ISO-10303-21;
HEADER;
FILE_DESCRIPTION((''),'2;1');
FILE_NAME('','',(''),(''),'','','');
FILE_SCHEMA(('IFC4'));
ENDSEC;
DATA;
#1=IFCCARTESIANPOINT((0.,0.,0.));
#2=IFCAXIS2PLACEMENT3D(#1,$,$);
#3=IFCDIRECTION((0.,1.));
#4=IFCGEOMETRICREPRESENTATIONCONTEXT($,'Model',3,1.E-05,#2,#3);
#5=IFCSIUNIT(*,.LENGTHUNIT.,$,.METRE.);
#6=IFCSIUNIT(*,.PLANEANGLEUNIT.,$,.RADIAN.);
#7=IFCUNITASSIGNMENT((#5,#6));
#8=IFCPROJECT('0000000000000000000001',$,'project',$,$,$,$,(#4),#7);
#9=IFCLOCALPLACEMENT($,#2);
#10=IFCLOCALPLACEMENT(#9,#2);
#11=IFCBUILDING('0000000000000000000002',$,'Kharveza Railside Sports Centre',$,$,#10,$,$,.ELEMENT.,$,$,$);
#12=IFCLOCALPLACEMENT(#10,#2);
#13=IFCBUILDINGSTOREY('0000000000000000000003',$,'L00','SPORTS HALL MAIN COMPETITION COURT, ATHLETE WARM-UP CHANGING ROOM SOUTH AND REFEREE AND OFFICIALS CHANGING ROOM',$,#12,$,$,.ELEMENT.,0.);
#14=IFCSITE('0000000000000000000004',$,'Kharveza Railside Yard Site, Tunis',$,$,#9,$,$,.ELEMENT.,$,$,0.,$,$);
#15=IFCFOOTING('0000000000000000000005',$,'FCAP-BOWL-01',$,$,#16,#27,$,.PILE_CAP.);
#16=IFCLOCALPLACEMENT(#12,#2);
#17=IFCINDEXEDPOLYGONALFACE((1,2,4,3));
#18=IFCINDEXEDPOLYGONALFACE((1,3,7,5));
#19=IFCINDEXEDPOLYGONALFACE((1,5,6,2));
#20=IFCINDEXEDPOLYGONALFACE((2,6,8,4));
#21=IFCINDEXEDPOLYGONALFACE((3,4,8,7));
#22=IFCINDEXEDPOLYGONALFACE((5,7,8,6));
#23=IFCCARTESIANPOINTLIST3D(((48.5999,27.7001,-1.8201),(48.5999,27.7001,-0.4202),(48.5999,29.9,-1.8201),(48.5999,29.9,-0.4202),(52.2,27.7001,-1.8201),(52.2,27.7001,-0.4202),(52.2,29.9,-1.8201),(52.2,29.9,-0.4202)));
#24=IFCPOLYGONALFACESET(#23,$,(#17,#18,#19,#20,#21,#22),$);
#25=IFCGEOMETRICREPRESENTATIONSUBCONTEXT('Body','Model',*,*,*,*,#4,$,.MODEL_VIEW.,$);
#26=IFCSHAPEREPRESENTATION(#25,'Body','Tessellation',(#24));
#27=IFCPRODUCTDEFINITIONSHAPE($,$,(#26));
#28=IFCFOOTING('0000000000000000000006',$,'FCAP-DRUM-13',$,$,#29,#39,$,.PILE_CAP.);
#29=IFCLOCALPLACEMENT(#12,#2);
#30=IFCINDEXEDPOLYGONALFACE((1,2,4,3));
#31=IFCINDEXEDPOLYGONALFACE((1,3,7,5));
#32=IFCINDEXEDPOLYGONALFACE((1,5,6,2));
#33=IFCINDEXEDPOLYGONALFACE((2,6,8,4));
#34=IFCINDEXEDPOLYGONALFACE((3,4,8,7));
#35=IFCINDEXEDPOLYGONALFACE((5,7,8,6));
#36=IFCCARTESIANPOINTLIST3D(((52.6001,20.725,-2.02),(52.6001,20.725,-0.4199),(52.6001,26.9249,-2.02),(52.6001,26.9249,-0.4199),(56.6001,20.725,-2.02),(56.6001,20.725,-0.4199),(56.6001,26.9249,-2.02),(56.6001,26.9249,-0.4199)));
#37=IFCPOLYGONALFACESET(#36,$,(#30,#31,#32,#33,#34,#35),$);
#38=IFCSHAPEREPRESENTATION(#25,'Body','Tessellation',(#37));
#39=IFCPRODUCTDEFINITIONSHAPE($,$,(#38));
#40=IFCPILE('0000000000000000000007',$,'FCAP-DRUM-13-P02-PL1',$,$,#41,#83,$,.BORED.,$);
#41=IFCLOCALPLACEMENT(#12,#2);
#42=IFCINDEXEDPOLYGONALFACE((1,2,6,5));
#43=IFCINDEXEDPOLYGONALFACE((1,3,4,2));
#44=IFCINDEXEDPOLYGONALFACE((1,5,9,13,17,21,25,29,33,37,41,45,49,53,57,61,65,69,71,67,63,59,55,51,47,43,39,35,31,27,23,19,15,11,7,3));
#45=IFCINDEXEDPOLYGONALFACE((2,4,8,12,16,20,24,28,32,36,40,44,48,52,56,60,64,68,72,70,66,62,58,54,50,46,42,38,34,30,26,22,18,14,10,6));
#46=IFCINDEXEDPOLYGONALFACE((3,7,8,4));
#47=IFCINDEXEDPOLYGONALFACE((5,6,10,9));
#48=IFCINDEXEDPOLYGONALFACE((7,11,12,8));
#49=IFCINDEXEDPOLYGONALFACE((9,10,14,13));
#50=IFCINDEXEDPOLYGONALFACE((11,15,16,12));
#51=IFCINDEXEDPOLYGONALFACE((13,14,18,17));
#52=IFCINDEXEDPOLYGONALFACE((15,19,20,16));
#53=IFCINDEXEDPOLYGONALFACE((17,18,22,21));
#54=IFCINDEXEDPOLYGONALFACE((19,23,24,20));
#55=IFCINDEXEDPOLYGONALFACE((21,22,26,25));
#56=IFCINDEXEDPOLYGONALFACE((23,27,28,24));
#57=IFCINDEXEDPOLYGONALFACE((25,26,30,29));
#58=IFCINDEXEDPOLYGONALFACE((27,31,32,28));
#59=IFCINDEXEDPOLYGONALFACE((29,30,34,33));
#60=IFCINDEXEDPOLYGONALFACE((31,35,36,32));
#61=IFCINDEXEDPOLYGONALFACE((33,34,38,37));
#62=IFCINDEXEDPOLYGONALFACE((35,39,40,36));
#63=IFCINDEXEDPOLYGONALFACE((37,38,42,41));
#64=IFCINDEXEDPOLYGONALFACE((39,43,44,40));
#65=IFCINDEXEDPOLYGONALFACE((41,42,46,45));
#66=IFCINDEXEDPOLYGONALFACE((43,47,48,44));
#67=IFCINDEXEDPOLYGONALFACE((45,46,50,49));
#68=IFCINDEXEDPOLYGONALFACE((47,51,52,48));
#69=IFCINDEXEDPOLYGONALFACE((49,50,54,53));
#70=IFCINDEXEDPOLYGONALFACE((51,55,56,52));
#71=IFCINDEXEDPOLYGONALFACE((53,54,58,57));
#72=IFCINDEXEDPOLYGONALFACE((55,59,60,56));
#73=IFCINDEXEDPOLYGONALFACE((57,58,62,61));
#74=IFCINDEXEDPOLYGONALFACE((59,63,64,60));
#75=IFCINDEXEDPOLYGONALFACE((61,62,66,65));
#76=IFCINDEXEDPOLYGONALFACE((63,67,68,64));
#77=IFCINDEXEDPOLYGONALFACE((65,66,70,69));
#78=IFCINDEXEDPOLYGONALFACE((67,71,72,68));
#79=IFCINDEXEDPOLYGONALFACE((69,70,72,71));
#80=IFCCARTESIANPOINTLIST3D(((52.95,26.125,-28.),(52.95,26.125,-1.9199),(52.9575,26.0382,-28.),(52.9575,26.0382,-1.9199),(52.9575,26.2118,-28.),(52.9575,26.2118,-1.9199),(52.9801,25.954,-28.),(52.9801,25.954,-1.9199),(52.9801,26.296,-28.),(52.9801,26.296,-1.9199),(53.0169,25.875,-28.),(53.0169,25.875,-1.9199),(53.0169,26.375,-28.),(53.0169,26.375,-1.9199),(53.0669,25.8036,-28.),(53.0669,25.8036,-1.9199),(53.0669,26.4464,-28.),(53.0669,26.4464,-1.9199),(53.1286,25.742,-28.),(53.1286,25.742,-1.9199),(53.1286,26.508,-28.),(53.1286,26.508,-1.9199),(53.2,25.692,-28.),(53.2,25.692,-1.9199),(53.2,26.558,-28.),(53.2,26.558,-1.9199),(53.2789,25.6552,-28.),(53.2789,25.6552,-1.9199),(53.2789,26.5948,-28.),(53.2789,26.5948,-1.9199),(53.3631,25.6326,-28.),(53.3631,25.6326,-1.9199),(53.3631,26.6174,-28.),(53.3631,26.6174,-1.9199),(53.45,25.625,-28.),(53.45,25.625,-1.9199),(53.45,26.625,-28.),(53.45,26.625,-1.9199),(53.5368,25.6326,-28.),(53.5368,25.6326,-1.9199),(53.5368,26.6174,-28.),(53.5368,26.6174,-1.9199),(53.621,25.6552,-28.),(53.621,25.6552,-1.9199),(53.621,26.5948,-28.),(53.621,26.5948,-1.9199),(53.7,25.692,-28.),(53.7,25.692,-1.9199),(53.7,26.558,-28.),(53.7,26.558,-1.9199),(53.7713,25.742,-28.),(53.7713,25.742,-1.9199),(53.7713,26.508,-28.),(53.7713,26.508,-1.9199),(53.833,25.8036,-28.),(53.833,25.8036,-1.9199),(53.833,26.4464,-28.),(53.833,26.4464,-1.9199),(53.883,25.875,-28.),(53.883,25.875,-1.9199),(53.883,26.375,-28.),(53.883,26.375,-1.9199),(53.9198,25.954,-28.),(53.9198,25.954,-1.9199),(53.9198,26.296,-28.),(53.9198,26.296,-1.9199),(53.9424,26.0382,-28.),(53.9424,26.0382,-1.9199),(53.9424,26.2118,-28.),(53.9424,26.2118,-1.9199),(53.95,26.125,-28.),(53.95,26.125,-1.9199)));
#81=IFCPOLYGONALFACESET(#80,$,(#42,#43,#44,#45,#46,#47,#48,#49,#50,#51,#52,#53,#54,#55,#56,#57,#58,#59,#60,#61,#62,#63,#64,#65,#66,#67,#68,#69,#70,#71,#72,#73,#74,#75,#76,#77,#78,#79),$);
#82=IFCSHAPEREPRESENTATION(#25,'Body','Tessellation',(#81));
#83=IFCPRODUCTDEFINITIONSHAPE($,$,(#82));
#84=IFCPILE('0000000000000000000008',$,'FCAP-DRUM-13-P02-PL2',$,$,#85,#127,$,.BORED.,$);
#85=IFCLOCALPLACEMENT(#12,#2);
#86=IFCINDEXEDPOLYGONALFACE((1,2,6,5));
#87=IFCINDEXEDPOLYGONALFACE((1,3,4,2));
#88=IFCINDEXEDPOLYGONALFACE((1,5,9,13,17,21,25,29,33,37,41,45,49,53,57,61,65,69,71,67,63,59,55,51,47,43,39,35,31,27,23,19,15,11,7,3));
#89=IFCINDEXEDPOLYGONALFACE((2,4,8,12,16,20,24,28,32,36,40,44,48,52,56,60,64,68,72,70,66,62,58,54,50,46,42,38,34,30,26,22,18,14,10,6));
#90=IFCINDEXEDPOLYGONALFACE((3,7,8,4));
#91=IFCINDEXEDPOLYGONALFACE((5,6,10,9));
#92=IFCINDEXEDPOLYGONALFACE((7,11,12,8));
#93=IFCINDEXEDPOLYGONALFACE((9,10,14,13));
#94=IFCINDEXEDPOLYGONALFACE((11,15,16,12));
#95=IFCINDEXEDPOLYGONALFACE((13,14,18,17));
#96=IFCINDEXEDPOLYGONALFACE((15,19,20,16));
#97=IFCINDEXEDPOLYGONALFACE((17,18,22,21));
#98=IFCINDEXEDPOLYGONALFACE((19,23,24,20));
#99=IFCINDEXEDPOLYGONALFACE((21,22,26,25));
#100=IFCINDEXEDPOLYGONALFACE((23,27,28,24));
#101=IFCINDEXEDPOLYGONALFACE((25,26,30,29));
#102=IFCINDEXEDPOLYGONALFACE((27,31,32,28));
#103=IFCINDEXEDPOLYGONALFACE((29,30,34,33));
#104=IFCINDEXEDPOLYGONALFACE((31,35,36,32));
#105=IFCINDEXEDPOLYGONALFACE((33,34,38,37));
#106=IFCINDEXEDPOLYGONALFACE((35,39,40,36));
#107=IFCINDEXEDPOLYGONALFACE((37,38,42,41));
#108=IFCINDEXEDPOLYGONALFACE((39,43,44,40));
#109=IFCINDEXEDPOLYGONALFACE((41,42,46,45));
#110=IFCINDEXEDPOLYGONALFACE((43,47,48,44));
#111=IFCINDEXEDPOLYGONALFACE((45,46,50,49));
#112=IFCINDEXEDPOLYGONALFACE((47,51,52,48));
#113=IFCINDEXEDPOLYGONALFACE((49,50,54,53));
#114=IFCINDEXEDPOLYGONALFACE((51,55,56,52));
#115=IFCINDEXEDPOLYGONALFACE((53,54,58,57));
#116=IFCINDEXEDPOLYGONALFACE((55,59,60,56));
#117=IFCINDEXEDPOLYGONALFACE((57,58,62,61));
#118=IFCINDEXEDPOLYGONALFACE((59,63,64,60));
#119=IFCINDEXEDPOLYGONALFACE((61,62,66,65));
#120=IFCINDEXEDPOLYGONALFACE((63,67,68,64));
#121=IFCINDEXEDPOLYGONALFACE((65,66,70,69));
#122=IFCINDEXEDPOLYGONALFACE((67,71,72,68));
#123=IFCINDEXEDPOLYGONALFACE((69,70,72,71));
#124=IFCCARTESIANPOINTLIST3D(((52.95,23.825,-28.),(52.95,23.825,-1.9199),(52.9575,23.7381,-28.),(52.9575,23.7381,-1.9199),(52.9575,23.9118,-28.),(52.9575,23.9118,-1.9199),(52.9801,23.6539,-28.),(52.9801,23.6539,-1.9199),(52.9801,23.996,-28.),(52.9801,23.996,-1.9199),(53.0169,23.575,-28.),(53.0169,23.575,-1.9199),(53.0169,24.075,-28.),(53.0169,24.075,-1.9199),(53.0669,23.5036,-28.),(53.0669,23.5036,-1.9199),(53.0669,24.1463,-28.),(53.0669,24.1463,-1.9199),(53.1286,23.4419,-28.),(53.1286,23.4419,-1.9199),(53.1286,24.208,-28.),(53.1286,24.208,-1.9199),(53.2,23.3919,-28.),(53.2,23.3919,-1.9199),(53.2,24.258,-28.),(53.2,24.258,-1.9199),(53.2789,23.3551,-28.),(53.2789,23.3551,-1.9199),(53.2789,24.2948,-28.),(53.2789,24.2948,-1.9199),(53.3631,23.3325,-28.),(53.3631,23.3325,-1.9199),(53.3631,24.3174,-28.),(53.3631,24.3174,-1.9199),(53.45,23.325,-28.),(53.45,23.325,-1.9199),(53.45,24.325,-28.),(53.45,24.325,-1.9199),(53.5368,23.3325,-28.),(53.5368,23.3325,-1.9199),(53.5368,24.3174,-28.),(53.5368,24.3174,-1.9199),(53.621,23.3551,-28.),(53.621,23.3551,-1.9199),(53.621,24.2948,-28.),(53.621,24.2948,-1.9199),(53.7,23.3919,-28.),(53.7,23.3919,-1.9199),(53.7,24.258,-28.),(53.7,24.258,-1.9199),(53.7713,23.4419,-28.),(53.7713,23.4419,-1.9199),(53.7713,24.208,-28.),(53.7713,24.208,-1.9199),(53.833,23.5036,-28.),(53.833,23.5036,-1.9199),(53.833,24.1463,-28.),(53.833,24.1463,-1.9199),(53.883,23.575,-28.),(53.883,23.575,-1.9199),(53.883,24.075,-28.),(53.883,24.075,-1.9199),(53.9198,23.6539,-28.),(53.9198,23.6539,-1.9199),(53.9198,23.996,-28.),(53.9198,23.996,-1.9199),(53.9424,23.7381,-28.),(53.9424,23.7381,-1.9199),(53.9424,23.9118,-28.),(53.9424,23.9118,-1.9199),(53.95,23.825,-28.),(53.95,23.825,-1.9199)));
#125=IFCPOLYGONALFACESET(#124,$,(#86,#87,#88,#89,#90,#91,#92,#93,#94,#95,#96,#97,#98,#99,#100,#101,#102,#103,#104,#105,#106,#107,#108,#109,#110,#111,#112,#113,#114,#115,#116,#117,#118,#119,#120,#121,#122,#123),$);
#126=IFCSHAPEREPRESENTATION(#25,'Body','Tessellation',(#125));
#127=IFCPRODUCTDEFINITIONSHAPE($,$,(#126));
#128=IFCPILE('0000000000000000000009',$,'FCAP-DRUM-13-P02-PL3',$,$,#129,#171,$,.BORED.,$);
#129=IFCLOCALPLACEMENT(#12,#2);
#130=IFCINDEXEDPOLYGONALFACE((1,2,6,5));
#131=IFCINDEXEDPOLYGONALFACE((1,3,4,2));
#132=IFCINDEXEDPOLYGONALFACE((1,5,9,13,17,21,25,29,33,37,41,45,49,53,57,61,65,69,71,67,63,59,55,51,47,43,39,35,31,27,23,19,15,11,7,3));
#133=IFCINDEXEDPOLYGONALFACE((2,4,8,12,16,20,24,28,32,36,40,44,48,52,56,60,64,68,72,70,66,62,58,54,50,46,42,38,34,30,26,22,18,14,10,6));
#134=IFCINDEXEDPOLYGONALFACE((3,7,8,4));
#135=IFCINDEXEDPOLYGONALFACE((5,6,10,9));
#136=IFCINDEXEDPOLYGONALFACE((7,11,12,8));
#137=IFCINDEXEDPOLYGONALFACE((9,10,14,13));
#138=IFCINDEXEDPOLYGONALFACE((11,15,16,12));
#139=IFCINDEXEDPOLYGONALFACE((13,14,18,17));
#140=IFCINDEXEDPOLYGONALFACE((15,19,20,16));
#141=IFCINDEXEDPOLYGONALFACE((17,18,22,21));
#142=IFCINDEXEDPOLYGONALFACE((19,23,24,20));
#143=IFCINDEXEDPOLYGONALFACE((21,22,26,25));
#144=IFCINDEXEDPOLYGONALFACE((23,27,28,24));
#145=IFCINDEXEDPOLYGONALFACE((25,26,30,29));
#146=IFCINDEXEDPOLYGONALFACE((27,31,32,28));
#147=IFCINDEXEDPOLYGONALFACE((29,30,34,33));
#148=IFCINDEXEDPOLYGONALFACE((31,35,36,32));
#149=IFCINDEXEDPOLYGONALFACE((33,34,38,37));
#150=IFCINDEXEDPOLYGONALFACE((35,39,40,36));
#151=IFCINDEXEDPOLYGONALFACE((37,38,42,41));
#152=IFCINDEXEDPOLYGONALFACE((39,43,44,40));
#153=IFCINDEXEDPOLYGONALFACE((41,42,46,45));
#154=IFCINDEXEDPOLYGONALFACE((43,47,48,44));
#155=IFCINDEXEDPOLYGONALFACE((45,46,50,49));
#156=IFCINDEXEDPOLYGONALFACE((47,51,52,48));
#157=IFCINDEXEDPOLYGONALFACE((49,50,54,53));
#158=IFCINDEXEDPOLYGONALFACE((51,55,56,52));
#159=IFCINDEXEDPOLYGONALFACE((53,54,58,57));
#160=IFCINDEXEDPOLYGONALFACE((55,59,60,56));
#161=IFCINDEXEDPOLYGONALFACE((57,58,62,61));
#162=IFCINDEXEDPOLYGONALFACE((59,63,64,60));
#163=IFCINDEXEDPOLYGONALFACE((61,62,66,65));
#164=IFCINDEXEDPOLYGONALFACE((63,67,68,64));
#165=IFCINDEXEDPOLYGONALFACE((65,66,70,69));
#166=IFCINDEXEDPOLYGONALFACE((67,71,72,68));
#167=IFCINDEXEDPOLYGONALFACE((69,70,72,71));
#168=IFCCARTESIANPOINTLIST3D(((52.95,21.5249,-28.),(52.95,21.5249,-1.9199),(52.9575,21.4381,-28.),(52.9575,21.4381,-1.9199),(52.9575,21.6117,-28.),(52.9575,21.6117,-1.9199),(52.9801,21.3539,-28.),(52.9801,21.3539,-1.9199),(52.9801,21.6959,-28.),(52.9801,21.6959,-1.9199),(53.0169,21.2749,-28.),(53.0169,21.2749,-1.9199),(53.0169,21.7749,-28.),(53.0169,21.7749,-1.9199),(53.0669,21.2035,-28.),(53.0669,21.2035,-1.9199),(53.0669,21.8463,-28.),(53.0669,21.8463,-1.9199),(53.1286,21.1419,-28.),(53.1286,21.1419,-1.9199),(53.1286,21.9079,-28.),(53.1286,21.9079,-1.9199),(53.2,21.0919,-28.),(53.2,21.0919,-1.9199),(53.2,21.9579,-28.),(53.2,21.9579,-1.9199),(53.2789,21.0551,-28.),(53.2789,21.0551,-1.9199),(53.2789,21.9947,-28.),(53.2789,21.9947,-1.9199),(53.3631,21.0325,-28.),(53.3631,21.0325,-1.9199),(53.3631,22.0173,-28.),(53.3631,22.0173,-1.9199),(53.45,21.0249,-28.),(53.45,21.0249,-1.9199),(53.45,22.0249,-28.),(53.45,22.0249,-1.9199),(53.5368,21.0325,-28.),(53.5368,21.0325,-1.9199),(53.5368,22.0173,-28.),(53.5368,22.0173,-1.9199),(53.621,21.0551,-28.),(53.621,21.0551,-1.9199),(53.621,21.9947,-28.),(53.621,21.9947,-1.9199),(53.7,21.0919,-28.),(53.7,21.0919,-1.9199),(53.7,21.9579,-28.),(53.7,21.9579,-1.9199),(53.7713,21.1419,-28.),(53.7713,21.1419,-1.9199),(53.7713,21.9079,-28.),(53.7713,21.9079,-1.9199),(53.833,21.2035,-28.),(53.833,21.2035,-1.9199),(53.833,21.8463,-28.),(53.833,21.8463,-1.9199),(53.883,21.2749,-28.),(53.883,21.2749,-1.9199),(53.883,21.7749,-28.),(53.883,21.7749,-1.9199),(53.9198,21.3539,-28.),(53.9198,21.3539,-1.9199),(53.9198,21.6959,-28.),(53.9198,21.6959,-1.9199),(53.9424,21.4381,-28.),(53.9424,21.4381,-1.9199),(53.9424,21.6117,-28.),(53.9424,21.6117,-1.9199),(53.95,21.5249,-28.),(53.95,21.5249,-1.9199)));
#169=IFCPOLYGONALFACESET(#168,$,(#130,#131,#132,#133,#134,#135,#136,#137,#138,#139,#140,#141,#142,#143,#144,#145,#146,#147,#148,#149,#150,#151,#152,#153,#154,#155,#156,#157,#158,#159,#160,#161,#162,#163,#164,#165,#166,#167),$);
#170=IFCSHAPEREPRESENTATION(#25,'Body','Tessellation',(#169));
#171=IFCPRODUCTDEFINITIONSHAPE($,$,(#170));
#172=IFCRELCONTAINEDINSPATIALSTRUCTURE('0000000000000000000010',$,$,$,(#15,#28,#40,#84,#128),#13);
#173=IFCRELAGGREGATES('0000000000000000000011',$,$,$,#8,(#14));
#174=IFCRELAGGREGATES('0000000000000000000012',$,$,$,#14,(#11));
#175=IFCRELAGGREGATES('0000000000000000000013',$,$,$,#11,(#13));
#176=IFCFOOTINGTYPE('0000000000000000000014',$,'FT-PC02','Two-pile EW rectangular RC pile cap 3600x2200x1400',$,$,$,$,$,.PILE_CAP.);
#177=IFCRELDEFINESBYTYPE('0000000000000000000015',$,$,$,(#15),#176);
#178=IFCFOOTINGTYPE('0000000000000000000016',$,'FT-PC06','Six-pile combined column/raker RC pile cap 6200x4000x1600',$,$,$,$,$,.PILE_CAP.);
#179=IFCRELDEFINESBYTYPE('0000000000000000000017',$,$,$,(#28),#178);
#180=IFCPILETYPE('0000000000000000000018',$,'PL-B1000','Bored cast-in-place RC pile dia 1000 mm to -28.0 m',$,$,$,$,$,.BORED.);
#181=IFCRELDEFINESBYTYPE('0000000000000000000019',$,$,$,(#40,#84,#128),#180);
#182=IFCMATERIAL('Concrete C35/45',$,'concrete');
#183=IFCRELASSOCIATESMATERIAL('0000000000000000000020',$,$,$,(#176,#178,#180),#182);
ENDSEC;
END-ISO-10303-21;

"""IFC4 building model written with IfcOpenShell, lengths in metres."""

from ifc_helpers import new_model, si_unit, direction, frame, origin, origin_2d, place, context, subcontext, project, spatial, rectangle, circle, extrude, material, material_profile, profile_set, type_object, element, save


model = new_model("IFC4")

# Units and contexts
model_context = context("Model", 3, precision=1e-05, world=origin(), true_north=direction((0.0, 1.0)))
body_context = subcontext(model_context, "Body", "Model", "MODEL_VIEW")
ifc_project = project(units=[si_unit("LENGTHUNIT", "METRE"), si_unit("PLANEANGLEUNIT", "RADIAN")], contexts=[model_context])

# Site, building, storey
site_placement = place(None, origin())
site = spatial("IfcSite", under=ifc_project, at=site_placement, Name="Kharveza Railside Yard Site, Tunis", CompositionType="ELEMENT", RefElevation=0.0)
building_placement = place(site_placement, origin())
building = spatial("IfcBuilding", under=site, at=building_placement, Name="Kharveza Railside Sports Centre", CompositionType="ELEMENT")
storey_placement = place(building_placement, origin())
storey = spatial("IfcBuildingStorey", under=building, at=storey_placement, Name="L00", Description="SPORTS HALL MAIN COMPETITION COURT, ATHLETE WARM-UP CHANGING ROOM SOUTH AND REFEREE AND OFFICIALS CHANGING ROOM", CompositionType="ELEMENT", Elevation=0.0)

# Footings
ifc_material_1 = material(Name="Concrete C35/45", Category="concrete")
footing_type_1 = type_object("IfcFootingType", Name="FT-PC02", Description="Two-pile EW rectangular RC pile cap 3600x2200x1400", PredefinedType="PILE_CAP", material=ifc_material_1)
footing_1_placement = place(storey_placement, frame((50.3999, 28.8, -1.8201), z_axis=(0.0, 0.0, 1.0), x_axis=(1.0, 0.0, 0.0)))
element("IfcFooting", 1, at=footing_1_placement, inside=storey, type_object=footing_type_1, Name="FCAP-BOWL-01", PredefinedType="PILE_CAP", context=body_context, shape_type="SweptSolid", body=[
    extrude(rectangle(XDim=3.6001, YDim=2.2, at=origin_2d()), origin(), (0.0, 0.0, 1.0), 1.3999),
])
footing_type_2 = type_object("IfcFootingType", Name="FT-PC06", Description="Six-pile combined column/raker RC pile cap 6200x4000x1600", PredefinedType="PILE_CAP", material=ifc_material_1)
footing_2_placement = place(storey_placement, frame((54.6001, 23.825, -2.02), z_axis=(0.0, 0.0, 1.0), x_axis=(0.0, -1.0, 0.0)))
element("IfcFooting", 2, at=footing_2_placement, inside=storey, type_object=footing_type_2, Name="FCAP-DRUM-13", PredefinedType="PILE_CAP", context=body_context, shape_type="SweptSolid", body=[
    extrude(rectangle(XDim=6.2, YDim=4.0, at=origin_2d()), origin(), (0.0, 0.0, 1.0), 1.6001),
])

# Piles
ifc_material_profile_1 = material_profile(ifc_material_1, circle(Radius=0.5, at=origin_2d()), Name="PILE D1000")
ifc_profile_set_1 = profile_set([ifc_material_profile_1], Name="Concrete C35/45")
pile_type = type_object("IfcPileType", Name="PL-B1000", Description="Bored cast-in-place RC pile dia 1000 mm to -28.0 m", PredefinedType="BORED", material=ifc_profile_set_1)
for number, where, z_axis, x_axis, name in (
    (3, (53.45, 26.125, -1.9199), (0.0, 0.0, -1.0), (1.0, 0.0, 0.0), "FCAP-DRUM-13-P02-PL1"),
    (4, (53.45, 23.825, -1.9199), (0.0, 0.0, -1.0), (1.0, 0.0, 0.0), "FCAP-DRUM-13-P02-PL2"),
    (5, (53.45, 21.5249, -1.9199), (0.0, 0.0, -1.0), (1.0, 0.0, 0.0), "FCAP-DRUM-13-P02-PL3"),
):
    element("IfcPile", number, at=place(storey_placement, frame(where, z_axis=z_axis, x_axis=x_axis)), inside=storey, type_object=pile_type, Name=name, PredefinedType="BORED", context=body_context, shape_type="SweptSolid", body=[
        extrude(circle(Radius=0.5, at=origin_2d()), origin(), (0.0, 0.0, 1.0), 26.0801),
    ])

save(model, "model.ifc")
